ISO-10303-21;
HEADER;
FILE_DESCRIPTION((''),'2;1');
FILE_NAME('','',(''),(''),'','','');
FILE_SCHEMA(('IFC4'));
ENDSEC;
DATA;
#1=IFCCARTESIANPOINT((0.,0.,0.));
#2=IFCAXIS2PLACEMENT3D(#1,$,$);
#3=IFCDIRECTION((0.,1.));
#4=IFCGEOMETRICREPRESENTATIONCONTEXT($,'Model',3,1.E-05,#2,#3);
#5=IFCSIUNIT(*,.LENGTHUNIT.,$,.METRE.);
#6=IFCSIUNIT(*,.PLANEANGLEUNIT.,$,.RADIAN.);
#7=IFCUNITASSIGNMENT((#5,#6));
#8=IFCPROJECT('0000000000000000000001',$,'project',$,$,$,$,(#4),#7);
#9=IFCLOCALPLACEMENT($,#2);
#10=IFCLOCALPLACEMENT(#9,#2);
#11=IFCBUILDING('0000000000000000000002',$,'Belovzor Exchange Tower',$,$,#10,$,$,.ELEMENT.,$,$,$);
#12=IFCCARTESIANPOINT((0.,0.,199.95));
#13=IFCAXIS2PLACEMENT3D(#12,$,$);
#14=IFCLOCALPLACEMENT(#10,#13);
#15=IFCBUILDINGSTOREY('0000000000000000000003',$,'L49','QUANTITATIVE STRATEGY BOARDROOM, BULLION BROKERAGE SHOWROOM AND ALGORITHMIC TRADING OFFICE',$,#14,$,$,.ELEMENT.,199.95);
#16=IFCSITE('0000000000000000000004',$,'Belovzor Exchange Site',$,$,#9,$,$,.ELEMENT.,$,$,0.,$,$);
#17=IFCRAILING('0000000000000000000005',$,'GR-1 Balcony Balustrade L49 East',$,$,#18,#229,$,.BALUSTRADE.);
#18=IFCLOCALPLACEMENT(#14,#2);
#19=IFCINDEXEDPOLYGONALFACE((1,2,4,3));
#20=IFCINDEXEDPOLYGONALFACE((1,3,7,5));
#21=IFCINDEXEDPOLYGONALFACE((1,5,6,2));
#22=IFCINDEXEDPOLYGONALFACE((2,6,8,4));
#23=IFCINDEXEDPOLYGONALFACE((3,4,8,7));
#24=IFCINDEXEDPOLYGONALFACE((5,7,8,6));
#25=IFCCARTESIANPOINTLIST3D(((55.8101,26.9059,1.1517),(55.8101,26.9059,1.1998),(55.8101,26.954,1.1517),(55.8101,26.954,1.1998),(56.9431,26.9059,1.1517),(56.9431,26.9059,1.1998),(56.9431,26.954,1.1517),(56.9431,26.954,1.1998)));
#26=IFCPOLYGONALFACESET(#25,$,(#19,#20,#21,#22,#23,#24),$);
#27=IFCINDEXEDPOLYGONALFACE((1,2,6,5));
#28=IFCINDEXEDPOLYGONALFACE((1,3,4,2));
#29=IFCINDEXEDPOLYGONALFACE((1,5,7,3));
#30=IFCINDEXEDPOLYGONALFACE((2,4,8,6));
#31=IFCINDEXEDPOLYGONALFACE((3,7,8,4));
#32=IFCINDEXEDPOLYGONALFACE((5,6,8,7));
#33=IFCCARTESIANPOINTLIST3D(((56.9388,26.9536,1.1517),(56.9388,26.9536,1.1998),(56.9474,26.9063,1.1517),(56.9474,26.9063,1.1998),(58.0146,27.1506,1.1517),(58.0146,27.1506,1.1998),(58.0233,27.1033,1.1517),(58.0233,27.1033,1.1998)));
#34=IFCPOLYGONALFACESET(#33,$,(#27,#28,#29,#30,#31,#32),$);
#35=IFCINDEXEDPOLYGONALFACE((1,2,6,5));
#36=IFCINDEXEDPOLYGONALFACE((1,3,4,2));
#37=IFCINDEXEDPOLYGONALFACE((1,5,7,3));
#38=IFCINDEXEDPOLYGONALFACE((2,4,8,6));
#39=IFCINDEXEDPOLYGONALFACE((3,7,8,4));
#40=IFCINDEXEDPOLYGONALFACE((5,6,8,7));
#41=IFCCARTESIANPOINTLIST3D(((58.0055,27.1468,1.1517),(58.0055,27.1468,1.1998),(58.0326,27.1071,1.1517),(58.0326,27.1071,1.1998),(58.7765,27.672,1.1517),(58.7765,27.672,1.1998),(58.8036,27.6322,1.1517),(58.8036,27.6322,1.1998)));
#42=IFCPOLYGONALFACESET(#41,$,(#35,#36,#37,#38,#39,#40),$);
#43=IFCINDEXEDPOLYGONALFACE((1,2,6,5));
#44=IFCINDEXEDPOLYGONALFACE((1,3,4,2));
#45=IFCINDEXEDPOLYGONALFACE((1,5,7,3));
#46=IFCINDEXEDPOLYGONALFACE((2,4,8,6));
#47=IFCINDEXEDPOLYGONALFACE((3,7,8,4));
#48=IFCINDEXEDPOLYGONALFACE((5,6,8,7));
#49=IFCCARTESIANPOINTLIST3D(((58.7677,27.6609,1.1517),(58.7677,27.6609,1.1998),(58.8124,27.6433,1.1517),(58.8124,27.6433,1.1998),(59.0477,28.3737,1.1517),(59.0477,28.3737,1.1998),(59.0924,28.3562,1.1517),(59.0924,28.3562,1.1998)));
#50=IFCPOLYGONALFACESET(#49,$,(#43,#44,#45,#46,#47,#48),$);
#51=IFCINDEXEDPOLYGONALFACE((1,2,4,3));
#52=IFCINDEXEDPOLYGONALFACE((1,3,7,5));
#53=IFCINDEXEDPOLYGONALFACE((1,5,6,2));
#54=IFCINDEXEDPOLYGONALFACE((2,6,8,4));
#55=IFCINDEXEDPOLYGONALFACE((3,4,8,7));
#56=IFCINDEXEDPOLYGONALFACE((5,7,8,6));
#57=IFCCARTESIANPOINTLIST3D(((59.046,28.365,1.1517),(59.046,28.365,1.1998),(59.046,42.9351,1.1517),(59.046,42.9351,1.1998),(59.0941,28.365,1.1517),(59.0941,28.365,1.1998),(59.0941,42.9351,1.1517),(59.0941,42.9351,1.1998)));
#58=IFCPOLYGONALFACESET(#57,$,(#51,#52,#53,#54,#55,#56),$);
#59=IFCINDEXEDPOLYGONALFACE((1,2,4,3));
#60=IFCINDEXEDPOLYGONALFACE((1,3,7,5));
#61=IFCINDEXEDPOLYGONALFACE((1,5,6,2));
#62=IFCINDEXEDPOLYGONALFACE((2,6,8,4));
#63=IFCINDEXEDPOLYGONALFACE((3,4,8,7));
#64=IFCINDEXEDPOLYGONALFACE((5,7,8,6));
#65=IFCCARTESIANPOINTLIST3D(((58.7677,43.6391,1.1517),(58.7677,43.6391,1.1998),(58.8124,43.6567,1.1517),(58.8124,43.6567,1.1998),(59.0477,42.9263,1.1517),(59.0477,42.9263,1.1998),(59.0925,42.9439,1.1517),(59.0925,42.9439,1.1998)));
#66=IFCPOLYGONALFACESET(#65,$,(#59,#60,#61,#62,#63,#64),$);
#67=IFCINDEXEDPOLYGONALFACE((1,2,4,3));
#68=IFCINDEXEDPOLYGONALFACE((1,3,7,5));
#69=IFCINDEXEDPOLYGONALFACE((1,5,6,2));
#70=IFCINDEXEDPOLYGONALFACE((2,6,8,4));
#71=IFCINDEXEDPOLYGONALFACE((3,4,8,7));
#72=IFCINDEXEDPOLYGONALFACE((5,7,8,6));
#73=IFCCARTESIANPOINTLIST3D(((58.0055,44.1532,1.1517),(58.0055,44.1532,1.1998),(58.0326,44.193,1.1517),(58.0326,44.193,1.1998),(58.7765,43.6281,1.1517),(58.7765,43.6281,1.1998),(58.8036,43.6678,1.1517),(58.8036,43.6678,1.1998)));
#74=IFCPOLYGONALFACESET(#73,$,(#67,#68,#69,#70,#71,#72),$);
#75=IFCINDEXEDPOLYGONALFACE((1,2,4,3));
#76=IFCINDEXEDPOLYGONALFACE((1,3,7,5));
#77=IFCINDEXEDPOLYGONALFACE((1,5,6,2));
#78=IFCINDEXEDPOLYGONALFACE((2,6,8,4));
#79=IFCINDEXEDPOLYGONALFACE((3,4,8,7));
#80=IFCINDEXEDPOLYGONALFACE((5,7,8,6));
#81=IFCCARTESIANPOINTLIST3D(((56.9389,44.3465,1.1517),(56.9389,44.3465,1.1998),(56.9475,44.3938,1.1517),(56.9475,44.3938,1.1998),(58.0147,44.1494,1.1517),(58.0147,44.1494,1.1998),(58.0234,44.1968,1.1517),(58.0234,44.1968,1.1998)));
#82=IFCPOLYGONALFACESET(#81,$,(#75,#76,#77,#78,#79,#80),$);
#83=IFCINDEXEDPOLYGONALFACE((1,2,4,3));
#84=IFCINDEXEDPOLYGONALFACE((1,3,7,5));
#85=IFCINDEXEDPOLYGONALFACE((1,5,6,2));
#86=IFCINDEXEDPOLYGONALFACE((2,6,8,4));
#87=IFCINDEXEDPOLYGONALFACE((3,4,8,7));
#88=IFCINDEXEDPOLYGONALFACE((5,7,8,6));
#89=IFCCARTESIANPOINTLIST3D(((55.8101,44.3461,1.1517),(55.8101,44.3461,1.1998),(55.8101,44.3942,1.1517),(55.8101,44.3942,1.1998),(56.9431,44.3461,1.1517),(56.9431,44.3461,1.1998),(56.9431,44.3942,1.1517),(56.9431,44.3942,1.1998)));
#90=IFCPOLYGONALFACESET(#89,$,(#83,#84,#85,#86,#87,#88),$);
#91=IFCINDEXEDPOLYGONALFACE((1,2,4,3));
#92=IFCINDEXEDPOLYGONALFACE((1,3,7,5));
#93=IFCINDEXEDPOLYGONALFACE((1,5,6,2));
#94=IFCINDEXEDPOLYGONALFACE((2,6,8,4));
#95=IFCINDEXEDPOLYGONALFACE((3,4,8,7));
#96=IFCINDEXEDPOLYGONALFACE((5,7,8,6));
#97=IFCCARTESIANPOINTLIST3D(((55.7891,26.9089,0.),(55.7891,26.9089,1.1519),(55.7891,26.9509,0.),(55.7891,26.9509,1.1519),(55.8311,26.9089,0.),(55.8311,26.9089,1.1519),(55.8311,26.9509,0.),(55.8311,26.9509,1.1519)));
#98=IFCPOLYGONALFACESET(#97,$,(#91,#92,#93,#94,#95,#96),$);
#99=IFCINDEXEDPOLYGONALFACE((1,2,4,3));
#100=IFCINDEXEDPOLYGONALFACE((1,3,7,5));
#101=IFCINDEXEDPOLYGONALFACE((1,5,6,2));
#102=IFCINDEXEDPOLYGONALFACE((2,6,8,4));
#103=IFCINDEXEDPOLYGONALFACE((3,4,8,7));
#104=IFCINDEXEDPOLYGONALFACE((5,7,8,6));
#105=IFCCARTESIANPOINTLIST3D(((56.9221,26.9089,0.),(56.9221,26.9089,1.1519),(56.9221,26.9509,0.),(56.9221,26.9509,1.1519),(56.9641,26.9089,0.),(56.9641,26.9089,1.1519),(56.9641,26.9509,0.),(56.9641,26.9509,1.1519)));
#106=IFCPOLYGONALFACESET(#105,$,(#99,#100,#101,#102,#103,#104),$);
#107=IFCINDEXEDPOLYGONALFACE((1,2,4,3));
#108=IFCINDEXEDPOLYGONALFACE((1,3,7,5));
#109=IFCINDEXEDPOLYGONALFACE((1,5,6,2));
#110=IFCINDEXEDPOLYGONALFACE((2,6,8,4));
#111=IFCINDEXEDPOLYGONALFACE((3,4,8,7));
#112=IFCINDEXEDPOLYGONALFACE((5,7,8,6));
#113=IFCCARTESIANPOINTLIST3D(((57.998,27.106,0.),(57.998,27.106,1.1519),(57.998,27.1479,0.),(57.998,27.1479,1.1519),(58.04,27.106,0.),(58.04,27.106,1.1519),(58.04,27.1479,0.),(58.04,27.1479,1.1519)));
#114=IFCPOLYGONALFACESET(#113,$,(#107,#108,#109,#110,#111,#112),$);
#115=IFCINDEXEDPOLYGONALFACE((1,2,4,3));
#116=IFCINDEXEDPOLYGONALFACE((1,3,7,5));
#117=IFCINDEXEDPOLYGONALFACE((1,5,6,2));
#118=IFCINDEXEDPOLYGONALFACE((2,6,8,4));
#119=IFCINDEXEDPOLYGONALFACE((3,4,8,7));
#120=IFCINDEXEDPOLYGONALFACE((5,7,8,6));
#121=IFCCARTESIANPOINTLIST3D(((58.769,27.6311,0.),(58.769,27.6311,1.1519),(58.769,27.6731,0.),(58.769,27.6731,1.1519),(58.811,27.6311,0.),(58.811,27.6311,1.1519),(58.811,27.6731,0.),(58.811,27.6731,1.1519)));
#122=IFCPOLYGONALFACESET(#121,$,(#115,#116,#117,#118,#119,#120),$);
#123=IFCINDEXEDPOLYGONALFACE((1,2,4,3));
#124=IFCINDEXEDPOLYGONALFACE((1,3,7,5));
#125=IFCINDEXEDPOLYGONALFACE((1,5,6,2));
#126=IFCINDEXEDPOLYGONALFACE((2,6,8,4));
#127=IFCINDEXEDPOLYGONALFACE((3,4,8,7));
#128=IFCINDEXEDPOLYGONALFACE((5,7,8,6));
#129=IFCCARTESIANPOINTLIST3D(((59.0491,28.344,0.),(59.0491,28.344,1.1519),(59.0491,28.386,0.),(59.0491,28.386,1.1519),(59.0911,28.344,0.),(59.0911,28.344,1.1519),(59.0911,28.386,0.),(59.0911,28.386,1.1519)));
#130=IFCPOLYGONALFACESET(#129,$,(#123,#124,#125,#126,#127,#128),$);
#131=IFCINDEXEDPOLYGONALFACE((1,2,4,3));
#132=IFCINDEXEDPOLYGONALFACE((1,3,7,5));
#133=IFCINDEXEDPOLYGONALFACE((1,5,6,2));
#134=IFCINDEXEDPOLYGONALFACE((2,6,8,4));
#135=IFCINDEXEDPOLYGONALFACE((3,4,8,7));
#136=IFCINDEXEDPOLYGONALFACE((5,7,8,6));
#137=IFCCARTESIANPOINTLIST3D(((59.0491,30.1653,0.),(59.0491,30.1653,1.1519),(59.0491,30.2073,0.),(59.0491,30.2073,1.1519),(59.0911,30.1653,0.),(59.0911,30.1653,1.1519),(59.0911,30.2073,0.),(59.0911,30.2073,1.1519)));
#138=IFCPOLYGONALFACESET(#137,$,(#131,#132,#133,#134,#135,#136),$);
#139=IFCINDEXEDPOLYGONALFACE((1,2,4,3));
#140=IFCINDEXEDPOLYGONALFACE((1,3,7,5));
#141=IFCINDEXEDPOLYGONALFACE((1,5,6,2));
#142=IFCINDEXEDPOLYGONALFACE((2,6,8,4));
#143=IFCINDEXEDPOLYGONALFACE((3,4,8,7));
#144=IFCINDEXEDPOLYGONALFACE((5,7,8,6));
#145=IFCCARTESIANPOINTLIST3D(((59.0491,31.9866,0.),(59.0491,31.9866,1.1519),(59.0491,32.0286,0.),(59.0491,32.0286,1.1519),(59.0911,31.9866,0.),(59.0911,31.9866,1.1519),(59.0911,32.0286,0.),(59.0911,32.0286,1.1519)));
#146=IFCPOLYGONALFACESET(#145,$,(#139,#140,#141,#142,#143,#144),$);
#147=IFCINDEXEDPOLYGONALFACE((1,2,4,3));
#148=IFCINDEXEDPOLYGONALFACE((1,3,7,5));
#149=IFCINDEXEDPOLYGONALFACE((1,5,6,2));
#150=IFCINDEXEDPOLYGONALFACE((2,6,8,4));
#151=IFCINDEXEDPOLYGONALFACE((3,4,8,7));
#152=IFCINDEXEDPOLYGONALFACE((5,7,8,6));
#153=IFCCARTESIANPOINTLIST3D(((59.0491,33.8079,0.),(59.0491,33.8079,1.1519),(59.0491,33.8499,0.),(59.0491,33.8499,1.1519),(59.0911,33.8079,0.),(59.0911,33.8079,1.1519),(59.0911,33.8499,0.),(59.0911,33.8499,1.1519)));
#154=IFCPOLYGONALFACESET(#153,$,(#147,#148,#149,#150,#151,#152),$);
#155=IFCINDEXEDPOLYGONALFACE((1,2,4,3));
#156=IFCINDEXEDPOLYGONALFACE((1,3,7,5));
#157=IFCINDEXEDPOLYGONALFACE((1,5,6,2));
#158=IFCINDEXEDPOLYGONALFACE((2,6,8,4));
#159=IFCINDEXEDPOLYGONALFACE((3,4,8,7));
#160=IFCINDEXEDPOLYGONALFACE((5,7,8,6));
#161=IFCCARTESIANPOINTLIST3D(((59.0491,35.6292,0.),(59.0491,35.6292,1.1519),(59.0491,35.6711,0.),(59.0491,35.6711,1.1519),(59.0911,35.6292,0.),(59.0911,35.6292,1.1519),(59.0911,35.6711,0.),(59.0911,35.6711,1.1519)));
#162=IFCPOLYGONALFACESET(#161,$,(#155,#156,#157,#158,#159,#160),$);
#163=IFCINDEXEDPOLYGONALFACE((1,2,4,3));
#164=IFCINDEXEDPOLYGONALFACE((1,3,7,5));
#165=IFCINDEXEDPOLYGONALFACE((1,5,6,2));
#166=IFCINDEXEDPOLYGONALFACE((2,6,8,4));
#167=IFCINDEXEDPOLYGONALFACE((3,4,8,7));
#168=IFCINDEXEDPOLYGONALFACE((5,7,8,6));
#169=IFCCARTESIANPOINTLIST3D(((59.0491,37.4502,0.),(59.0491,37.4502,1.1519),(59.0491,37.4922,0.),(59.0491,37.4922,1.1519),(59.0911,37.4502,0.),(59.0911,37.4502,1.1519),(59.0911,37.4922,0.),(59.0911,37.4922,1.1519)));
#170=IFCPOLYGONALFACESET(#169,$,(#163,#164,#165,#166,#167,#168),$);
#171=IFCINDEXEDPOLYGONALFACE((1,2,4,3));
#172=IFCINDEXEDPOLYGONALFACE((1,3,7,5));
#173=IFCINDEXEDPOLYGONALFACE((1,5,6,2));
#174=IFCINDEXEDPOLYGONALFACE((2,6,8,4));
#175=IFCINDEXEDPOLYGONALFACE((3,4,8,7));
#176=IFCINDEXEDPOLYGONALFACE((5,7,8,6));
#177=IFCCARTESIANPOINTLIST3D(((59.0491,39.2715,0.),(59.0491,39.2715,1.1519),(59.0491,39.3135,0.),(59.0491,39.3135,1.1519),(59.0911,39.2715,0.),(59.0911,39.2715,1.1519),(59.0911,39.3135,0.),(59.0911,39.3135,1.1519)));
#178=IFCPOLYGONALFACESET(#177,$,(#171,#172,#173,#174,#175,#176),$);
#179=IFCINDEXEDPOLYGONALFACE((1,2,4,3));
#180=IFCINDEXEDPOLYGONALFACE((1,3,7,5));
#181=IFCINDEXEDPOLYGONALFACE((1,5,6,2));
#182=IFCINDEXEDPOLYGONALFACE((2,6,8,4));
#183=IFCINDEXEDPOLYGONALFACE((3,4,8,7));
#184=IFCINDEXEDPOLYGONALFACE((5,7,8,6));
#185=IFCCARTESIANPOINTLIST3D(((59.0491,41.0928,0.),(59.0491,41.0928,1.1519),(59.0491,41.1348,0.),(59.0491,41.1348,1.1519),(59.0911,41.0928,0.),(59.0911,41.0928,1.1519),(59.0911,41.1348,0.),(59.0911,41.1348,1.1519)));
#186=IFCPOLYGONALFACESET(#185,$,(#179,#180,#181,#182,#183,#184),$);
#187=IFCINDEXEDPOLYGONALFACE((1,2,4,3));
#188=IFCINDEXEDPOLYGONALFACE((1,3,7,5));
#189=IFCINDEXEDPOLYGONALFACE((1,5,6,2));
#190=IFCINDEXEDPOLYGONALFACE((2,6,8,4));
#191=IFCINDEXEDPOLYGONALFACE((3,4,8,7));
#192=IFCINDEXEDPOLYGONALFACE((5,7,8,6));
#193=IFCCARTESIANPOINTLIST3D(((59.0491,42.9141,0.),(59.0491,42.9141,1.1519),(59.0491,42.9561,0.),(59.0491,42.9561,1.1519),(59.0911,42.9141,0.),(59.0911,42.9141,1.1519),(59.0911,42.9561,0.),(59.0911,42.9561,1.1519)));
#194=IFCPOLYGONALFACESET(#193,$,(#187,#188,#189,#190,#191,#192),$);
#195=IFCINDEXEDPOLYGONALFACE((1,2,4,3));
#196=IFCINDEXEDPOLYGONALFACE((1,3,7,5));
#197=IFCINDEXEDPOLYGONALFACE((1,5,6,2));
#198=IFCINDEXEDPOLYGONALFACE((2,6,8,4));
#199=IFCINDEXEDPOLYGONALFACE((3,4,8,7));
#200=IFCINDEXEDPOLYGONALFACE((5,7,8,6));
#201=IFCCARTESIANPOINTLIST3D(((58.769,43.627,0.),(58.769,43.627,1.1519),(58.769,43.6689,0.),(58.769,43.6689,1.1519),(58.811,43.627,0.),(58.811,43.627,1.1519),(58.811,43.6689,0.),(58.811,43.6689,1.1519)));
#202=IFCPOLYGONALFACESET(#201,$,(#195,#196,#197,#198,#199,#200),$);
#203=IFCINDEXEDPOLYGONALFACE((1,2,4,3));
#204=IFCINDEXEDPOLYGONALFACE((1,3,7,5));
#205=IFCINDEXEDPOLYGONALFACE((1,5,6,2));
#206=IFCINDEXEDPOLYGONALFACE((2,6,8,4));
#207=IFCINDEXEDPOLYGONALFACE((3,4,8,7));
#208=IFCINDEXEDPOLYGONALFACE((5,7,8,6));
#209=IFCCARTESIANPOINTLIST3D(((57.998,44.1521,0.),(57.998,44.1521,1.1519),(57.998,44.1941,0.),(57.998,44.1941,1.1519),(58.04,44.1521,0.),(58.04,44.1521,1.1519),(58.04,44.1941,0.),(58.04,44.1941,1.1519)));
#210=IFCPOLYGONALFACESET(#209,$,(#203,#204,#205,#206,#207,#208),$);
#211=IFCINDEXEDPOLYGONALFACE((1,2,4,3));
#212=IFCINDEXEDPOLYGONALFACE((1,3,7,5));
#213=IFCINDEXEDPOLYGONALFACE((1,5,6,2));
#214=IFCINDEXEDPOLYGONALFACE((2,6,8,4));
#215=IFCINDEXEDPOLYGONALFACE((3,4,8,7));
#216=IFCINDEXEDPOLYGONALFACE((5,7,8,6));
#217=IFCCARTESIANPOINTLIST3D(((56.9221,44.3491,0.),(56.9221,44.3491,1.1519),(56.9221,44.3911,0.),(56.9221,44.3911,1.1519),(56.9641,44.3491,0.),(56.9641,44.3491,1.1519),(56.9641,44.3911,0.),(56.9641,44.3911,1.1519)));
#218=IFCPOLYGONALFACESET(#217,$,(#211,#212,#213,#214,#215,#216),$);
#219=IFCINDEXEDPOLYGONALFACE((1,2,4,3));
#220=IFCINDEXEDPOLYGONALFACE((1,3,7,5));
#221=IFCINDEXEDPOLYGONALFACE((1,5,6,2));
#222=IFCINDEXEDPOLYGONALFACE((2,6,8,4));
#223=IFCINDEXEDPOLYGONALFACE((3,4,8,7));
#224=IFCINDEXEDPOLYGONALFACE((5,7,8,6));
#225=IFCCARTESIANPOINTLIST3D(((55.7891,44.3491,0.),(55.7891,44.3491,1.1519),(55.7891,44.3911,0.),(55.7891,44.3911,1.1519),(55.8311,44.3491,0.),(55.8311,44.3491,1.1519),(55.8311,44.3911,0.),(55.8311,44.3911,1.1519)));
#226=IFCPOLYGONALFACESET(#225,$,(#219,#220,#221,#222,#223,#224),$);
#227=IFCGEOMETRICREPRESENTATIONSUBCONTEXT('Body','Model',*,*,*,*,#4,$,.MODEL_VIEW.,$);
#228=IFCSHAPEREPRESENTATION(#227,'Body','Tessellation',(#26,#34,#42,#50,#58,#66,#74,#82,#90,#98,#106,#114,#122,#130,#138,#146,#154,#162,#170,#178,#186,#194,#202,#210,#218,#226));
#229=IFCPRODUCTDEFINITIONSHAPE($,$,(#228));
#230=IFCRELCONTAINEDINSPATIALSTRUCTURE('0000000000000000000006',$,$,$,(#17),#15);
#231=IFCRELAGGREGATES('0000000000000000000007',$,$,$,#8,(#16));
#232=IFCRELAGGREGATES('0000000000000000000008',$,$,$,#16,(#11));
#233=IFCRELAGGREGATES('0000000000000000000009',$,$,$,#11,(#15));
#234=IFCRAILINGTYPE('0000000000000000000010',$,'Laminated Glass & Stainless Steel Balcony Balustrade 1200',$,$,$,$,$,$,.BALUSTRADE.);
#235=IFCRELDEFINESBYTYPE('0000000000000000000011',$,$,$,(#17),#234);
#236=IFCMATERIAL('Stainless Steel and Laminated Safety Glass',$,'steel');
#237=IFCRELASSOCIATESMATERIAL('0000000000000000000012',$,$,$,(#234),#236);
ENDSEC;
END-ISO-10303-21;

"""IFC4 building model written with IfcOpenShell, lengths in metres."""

from ifc_helpers import new_model, si_unit, direction, frame, origin, origin_2d, place, context, subcontext, project, spatial, rectangle, extrude, material, type_object, element, save


model = new_model("IFC4")

# Units and contexts
model_context = context("Model", 3, precision=1e-05, world=origin(), true_north=direction((0.0, 1.0)))
body_context = subcontext(model_context, "Body", "Model", "MODEL_VIEW")
ifc_project = project(units=[si_unit("LENGTHUNIT", "METRE"), si_unit("PLANEANGLEUNIT", "RADIAN")], contexts=[model_context])

# Site, building, storey
site_placement = place(None, origin())
site = spatial("IfcSite", under=ifc_project, at=site_placement, Name="Belovzor Exchange Site", CompositionType="ELEMENT", RefElevation=0.0)
building_placement = place(site_placement, origin())
building = spatial("IfcBuilding", under=site, at=building_placement, Name="Belovzor Exchange Tower", CompositionType="ELEMENT")
storey_placement = place(building_placement, frame((0.0, 0.0, 199.95)))
storey = spatial("IfcBuildingStorey", under=building, at=storey_placement, Name="L49", Description="QUANTITATIVE STRATEGY BOARDROOM, BULLION BROKERAGE SHOWROOM AND ALGORITHMIC TRADING OFFICE", CompositionType="ELEMENT", Elevation=199.95)

# Railing
ifc_material_1 = material(Name="Stainless Steel and Laminated Safety Glass", Category="steel")
railing_type = type_object("IfcRailingType", Name="Laminated Glass & Stainless Steel Balcony Balustrade 1200", PredefinedType="BALUSTRADE", material=ifc_material_1)
railing_placement = place(storey_placement, frame((55.8101, 26.9299, 0.0)))
element("IfcRailing", 1, at=railing_placement, inside=storey, type_object=railing_type, Name="GR-1 Balcony Balustrade L49 East", PredefinedType="BALUSTRADE", context=body_context, shape_type="SweptSolid", body=[
    extrude(rectangle(XDim=0.0481, YDim=0.0481, at=origin_2d()), frame((0.0, 0.0, 1.1758), z_axis=(1.0, 0.0, 0.0), x_axis=(0.0, 1.0, 0.0)), (0.0, 0.0, 1.0), 1.1331),
    extrude(rectangle(XDim=0.0481, YDim=0.0481, at=origin_2d()), frame((1.1331, 0.0, 1.1758), z_axis=(0.983644, 0.180123, 0.0), x_axis=(-0.180123, 0.983644, 0.0)), (0.0, 0.0, 1.0), 1.0938),
    extrude(rectangle(XDim=0.0481, YDim=0.0481, at=origin_2d()), frame((2.209, 0.197, 1.1758), z_axis=(0.826493, 0.562947, 0.0), x_axis=(-0.562947, 0.826493, 0.0)), (0.0, 0.0, 1.0), 0.9329),
    extrude(rectangle(XDim=0.0481, YDim=0.0481, at=origin_2d()), frame((2.98, 0.7222, 1.1758), z_axis=(0.365613, 0.930767, 0.0), x_axis=(-0.930767, 0.365613, 0.0)), (0.0, 0.0, 1.0), 0.7659),
    extrude(rectangle(XDim=0.0481, YDim=0.0481, at=origin_2d()), frame((3.26, 1.4351, 1.1758), z_axis=(0.0, 1.0, 0.0), x_axis=(-1.0, 0.0, 0.0)), (0.0, 0.0, 1.0), 14.5701),
    extrude(rectangle(XDim=0.0481, YDim=0.0481, at=origin_2d()), frame((3.26, 16.0051, 1.1758), z_axis=(-0.365613, 0.930767, 0.0), x_axis=(-0.930767, -0.365613, 0.0)), (0.0, 0.0, 1.0), 0.7659),
    extrude(rectangle(XDim=0.0481, YDim=0.0481, at=origin_2d()), frame((2.98, 16.718, 1.1758), z_axis=(-0.826493, 0.562947, 0.0), x_axis=(-0.562947, -0.826493, 0.0)), (0.0, 0.0, 1.0), 0.9329),
    extrude(rectangle(XDim=0.0481, YDim=0.0481, at=origin_2d()), frame((2.209, 17.2432, 1.1758), z_axis=(-0.983644, 0.180123, 0.0), x_axis=(-0.180123, -0.983644, 0.0)), (0.0, 0.0, 1.0), 1.0938),
    extrude(rectangle(XDim=0.0481, YDim=0.0481, at=origin_2d()), frame((1.1331, 17.4402, 1.1758), z_axis=(-1.0, 0.0, 0.0), x_axis=(0.0, -1.0, 0.0)), (0.0, 0.0, 1.0), 1.1331),
    extrude(rectangle(XDim=0.042, YDim=0.042, at=origin_2d()), origin(), (0.0, 0.0, 1.0), 1.1519),
    extrude(rectangle(XDim=0.042, YDim=0.042, at=origin_2d()), frame((1.1331, 0.0, 0.0)), (0.0, 0.0, 1.0), 1.1519),
    extrude(rectangle(XDim=0.042, YDim=0.042, at=origin_2d()), frame((2.209, 0.197, 0.0)), (0.0, 0.0, 1.0), 1.1519),
    extrude(rectangle(XDim=0.042, YDim=0.042, at=origin_2d()), frame((2.98, 0.7222, 0.0)), (0.0, 0.0, 1.0), 1.1519),
    extrude(rectangle(XDim=0.042, YDim=0.042, at=origin_2d()), frame((3.26, 1.4351, 0.0)), (0.0, 0.0, 1.0), 1.1519),
    extrude(rectangle(XDim=0.042, YDim=0.042, at=origin_2d()), frame((3.26, 3.2563, 0.0)), (0.0, 0.0, 1.0), 1.1519),
    extrude(rectangle(XDim=0.042, YDim=0.042, at=origin_2d()), frame((3.26, 5.0776, 0.0)), (0.0, 0.0, 1.0), 1.1519),
    extrude(rectangle(XDim=0.042, YDim=0.042, at=origin_2d()), frame((3.26, 6.8989, 0.0)), (0.0, 0.0, 1.0), 1.1519),
    extrude(rectangle(XDim=0.042, YDim=0.042, at=origin_2d()), frame((3.26, 8.7202, 0.0)), (0.0, 0.0, 1.0), 1.1519),
    extrude(rectangle(XDim=0.042, YDim=0.042, at=origin_2d()), frame((3.26, 10.5413, 0.0)), (0.0, 0.0, 1.0), 1.1519),
    extrude(rectangle(XDim=0.042, YDim=0.042, at=origin_2d()), frame((3.26, 12.3625, 0.0)), (0.0, 0.0, 1.0), 1.1519),
    extrude(rectangle(XDim=0.042, YDim=0.042, at=origin_2d()), frame((3.26, 14.1838, 0.0)), (0.0, 0.0, 1.0), 1.1519),
    extrude(rectangle(XDim=0.042, YDim=0.042, at=origin_2d()), frame((3.26, 16.0051, 0.0)), (0.0, 0.0, 1.0), 1.1519),
    extrude(rectangle(XDim=0.042, YDim=0.042, at=origin_2d()), frame((2.98, 16.718, 0.0)), (0.0, 0.0, 1.0), 1.1519),
    extrude(rectangle(XDim=0.042, YDim=0.042, at=origin_2d()), frame((2.209, 17.2432, 0.0)), (0.0, 0.0, 1.0), 1.1519),
    extrude(rectangle(XDim=0.042, YDim=0.042, at=origin_2d()), frame((1.1331, 17.4402, 0.0)), (0.0, 0.0, 1.0), 1.1519),
    extrude(rectangle(XDim=0.042, YDim=0.042, at=origin_2d()), frame((0.0, 17.4402, 0.0)), (0.0, 0.0, 1.0), 1.1519),
])

save(model, "model.ifc")
